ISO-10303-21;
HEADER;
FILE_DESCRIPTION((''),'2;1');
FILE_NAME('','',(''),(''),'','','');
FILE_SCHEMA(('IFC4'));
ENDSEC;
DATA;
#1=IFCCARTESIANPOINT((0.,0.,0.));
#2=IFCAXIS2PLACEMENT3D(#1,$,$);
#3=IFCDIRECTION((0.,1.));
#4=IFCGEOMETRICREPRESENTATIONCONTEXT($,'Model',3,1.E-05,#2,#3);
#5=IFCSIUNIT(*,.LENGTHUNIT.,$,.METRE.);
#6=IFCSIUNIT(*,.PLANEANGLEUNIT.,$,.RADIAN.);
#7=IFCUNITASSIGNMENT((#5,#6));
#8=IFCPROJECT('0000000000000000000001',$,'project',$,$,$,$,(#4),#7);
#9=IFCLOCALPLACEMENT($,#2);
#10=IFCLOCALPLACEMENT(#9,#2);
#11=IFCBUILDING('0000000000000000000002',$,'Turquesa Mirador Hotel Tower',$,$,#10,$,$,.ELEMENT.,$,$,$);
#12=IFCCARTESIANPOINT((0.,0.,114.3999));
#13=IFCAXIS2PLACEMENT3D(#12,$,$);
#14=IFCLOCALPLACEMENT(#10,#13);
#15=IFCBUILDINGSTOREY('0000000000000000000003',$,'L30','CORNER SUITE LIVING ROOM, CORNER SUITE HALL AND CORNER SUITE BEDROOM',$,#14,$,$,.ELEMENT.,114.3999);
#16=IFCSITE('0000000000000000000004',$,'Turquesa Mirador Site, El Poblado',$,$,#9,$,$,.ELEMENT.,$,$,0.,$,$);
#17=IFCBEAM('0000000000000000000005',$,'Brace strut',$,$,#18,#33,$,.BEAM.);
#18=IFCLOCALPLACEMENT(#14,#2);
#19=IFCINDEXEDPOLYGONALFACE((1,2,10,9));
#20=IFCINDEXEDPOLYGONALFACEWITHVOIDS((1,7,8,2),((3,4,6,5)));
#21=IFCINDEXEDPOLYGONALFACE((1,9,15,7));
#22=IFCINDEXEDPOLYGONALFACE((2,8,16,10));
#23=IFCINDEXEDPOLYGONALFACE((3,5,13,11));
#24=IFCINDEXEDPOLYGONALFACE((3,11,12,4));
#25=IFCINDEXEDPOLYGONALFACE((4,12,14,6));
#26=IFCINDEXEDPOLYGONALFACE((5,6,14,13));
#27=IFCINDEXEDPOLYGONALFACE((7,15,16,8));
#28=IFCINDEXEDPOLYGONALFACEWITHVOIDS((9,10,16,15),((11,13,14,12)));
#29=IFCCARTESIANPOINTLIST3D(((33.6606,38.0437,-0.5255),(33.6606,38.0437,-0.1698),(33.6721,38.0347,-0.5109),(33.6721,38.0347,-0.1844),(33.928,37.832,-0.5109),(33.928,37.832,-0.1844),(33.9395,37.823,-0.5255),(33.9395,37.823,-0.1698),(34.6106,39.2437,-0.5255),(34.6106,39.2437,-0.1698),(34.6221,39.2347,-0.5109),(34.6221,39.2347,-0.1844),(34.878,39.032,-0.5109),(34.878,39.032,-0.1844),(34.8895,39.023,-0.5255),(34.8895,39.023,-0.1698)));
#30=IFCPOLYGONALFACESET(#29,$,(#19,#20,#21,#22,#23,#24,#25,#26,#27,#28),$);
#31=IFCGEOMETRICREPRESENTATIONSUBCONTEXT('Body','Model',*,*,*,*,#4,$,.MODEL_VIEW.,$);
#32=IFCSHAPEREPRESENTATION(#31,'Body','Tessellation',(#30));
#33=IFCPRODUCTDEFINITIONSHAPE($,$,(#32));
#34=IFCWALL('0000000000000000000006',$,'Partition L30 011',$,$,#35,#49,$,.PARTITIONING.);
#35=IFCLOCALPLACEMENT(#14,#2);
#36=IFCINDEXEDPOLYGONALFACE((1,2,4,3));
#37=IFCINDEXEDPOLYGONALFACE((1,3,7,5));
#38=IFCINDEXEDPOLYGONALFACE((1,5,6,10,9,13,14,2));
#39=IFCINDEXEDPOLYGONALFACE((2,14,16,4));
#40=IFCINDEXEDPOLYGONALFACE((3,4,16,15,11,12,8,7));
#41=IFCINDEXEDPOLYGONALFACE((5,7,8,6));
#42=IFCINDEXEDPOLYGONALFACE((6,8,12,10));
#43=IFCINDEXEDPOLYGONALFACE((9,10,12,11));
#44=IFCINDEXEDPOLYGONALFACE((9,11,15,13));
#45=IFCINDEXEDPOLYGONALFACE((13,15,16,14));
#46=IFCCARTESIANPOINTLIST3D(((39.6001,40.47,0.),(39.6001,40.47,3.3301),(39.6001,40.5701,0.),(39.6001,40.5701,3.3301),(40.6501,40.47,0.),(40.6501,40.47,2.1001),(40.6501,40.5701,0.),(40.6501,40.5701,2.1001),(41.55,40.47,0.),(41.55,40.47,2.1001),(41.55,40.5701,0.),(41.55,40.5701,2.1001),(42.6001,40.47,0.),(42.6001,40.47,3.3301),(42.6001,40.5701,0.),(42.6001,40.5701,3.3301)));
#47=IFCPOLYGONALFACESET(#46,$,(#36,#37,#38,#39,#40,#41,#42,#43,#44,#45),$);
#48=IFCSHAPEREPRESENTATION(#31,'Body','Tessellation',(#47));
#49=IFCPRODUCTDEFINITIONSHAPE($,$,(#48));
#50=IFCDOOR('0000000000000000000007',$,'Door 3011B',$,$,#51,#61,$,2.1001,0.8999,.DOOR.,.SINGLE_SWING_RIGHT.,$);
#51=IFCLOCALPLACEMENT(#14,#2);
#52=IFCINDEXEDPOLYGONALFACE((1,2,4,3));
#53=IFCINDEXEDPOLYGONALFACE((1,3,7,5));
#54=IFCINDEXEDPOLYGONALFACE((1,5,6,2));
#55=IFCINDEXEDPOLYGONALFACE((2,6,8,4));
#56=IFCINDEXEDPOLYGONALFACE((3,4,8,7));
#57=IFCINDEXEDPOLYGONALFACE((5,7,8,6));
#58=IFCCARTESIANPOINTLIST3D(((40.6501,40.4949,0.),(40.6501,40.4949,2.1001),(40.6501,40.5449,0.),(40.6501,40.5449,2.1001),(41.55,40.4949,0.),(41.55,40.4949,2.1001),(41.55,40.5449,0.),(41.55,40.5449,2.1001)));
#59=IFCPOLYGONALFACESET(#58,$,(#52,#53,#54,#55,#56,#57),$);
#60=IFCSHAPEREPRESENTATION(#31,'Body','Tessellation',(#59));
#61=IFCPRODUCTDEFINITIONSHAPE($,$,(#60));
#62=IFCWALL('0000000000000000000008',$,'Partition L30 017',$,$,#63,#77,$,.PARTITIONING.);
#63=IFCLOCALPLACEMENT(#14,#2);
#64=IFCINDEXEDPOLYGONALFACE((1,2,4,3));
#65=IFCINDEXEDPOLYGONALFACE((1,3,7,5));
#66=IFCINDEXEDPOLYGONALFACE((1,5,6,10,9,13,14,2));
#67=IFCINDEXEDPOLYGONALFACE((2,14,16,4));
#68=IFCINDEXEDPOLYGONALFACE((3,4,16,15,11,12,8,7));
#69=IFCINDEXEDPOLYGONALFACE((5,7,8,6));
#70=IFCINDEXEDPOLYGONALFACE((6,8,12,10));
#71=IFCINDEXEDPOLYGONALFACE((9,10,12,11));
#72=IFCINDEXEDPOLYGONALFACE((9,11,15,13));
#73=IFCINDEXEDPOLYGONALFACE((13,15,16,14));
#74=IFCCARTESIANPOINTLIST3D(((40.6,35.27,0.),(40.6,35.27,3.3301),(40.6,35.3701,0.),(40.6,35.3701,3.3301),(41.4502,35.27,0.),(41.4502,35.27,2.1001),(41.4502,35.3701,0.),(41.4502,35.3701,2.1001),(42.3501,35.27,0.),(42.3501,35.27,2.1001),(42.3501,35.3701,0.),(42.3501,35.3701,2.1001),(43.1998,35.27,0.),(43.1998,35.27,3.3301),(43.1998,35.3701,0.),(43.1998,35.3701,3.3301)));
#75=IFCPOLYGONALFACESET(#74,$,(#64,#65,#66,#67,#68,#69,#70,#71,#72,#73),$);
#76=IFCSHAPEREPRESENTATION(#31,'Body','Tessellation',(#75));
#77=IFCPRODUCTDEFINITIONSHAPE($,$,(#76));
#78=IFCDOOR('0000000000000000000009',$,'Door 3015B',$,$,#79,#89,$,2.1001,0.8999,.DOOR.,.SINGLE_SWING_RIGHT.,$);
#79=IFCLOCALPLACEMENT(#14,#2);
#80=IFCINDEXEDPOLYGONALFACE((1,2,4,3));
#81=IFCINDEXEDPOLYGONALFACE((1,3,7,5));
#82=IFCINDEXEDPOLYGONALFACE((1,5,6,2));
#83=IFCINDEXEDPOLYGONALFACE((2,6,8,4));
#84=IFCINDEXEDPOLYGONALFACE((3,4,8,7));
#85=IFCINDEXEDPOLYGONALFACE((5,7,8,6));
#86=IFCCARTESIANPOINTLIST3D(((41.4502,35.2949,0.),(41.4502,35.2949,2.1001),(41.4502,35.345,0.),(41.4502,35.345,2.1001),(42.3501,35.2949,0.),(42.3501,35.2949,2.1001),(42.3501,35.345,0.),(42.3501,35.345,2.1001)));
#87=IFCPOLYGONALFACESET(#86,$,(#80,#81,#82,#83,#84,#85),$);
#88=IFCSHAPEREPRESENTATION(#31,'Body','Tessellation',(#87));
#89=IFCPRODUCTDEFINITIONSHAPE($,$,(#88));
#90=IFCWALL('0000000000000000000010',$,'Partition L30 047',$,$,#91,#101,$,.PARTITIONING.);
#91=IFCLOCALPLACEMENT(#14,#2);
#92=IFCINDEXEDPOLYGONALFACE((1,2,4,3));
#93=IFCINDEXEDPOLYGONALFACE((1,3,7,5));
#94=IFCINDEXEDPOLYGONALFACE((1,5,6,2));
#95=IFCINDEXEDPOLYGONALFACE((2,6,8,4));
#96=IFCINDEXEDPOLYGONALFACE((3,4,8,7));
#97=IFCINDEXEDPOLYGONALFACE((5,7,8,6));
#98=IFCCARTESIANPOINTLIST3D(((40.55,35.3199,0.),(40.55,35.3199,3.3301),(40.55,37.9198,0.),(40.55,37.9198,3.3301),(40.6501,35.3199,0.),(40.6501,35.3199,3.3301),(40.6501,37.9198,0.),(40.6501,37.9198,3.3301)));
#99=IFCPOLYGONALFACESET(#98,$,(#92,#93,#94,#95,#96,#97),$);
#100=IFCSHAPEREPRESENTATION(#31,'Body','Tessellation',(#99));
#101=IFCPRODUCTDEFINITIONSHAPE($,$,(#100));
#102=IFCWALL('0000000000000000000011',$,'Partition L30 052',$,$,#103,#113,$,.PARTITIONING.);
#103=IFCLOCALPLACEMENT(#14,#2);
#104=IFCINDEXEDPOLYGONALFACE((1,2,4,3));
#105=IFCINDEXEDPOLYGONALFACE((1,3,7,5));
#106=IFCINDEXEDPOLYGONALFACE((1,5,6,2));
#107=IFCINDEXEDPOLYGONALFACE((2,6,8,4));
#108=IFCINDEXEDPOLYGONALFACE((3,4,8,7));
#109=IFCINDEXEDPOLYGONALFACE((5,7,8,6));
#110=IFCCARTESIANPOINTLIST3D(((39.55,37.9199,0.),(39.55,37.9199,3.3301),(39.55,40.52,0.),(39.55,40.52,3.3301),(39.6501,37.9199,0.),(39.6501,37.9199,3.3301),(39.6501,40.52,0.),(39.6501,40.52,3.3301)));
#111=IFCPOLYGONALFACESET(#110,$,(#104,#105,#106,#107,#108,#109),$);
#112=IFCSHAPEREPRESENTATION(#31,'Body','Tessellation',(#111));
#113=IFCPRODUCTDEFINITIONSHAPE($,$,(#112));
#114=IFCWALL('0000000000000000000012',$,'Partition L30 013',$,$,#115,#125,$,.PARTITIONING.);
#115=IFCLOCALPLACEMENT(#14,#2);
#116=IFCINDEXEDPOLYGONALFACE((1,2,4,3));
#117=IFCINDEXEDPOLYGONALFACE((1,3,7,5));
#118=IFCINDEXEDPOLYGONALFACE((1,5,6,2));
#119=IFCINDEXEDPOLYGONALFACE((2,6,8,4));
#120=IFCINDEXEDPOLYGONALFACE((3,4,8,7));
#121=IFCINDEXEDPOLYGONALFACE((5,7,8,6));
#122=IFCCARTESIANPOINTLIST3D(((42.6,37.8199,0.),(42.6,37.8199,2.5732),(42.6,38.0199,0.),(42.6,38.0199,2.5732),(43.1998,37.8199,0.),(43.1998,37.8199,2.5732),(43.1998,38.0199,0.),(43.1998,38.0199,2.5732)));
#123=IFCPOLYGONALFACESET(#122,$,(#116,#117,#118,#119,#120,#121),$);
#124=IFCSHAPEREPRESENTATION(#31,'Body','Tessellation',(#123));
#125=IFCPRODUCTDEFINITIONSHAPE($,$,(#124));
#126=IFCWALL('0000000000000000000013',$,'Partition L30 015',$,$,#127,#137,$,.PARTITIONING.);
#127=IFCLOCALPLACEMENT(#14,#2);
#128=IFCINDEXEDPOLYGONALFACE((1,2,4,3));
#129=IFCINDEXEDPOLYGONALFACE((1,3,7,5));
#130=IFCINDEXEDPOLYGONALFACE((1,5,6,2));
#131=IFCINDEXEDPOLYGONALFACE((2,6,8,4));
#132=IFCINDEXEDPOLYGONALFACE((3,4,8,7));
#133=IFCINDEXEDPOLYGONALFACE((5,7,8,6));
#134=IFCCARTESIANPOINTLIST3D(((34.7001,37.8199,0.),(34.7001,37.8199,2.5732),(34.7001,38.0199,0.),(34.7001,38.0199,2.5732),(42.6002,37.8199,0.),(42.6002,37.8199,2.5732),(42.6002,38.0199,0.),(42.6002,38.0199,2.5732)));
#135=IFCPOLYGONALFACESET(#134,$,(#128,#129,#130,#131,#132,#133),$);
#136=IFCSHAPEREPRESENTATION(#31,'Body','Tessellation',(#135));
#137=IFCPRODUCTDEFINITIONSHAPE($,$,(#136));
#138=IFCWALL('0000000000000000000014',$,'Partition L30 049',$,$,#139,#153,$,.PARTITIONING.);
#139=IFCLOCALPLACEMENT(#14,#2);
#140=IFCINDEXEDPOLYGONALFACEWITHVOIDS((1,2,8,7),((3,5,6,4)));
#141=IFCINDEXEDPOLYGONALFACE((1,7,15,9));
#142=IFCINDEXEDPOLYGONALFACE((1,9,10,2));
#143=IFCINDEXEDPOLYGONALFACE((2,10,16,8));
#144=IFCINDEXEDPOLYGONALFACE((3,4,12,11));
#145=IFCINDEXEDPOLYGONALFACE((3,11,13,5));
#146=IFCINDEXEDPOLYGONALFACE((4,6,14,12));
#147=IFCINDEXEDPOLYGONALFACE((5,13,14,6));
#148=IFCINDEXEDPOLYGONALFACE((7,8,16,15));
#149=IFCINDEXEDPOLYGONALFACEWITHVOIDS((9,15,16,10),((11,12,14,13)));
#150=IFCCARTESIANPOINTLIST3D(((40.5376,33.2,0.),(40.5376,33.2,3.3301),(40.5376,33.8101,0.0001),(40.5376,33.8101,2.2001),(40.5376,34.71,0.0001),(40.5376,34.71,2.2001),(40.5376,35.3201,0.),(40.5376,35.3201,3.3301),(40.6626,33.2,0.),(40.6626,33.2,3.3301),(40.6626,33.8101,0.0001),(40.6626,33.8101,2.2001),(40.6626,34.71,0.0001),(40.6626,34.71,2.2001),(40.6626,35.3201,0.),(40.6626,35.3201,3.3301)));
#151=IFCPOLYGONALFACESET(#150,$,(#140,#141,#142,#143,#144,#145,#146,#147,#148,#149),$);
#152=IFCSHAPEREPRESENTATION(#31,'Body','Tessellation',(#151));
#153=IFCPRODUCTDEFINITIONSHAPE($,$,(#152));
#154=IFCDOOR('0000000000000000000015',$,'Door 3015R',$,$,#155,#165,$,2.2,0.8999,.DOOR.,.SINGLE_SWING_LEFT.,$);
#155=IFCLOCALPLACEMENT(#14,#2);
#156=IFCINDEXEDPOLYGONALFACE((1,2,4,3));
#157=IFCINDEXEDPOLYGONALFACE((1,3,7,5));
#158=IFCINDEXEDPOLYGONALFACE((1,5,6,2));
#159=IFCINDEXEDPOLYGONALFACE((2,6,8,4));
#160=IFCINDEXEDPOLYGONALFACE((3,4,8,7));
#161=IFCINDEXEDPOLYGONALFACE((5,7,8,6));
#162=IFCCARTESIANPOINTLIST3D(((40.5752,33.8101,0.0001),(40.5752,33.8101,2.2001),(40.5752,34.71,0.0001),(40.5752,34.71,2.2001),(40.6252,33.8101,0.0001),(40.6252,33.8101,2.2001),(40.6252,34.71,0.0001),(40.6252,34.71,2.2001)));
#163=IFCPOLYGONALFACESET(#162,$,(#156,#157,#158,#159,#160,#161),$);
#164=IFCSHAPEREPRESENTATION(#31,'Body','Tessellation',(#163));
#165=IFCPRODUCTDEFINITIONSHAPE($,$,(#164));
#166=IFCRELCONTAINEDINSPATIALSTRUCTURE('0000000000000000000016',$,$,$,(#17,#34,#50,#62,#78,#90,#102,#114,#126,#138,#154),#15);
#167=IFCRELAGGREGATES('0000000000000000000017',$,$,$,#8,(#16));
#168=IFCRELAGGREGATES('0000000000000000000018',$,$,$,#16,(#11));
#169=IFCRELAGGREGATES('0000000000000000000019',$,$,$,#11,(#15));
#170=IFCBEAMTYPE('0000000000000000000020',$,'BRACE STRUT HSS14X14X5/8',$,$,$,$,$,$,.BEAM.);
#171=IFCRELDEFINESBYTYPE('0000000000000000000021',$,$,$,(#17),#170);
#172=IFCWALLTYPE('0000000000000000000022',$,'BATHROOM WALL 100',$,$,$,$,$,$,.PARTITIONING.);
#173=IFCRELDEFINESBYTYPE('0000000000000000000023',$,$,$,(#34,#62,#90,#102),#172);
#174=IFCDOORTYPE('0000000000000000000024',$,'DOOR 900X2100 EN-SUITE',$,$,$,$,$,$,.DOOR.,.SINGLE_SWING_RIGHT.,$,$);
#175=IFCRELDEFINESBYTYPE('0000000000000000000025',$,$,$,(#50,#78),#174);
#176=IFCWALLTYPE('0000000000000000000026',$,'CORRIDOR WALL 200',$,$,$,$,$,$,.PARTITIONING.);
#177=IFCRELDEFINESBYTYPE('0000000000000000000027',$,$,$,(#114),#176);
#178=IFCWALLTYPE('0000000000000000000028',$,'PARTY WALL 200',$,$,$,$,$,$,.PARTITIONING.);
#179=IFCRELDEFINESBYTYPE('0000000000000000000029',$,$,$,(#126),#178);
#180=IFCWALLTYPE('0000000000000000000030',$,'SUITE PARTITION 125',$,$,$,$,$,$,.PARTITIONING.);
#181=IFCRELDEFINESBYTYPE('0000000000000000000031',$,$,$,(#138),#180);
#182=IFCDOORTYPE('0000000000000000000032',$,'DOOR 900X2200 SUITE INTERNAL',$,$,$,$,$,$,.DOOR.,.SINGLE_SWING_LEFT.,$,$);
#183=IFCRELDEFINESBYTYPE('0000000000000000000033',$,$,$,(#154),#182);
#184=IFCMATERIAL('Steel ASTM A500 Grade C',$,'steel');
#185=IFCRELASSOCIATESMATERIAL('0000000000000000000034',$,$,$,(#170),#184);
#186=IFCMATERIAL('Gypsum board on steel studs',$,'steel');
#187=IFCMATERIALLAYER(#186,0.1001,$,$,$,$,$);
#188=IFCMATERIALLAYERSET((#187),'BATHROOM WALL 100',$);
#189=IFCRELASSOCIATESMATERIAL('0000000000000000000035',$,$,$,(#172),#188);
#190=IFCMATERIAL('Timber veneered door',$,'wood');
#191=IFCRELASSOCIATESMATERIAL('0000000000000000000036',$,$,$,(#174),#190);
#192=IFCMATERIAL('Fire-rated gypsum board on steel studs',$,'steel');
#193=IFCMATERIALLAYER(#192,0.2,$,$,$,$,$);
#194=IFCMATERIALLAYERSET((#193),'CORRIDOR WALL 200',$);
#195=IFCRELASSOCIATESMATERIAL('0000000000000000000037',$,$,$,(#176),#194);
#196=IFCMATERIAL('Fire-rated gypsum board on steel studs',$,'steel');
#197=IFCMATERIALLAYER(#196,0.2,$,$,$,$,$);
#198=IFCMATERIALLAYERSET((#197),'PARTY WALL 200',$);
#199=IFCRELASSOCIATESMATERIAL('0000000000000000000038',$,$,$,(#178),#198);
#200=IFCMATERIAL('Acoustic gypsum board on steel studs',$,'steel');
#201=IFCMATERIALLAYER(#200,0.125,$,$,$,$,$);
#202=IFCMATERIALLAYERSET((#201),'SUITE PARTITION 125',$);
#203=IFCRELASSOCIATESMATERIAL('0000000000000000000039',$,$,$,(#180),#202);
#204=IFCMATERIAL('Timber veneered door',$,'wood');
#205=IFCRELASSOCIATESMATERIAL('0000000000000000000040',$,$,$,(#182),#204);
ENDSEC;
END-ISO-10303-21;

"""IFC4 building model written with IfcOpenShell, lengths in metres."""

from ifc_helpers import new_model, si_unit, direction, frame, frame_2d, origin, origin_2d, place, context, subcontext, project, spatial, rectangle, hollow_rectangle, extrude, material, layer, layer_set, material_profile, profile_set, type_object, element, fill, save


model = new_model("IFC4")

# Units and contexts
model_context = context("Model", 3, precision=1e-05, world=origin(), true_north=direction((0.0, 1.0)))
body_context = subcontext(model_context, "Body", "Model", "MODEL_VIEW")
ifc_project = project(units=[si_unit("LENGTHUNIT", "METRE"), si_unit("PLANEANGLEUNIT", "RADIAN")], contexts=[model_context])

# Site, building, storey
site_placement = place(None, origin())
site = spatial("IfcSite", under=ifc_project, at=site_placement, Name="Turquesa Mirador Site, El Poblado", CompositionType="ELEMENT", RefElevation=0.0)
building_placement = place(site_placement, origin())
building = spatial("IfcBuilding", under=site, at=building_placement, Name="Turquesa Mirador Hotel Tower", CompositionType="ELEMENT")
storey_placement = place(building_placement, frame((0.0, 0.0, 114.3999)))
storey = spatial("IfcBuildingStorey", under=building, at=storey_placement, Name="L30", Description="CORNER SUITE LIVING ROOM, CORNER SUITE HALL AND CORNER SUITE BEDROOM", CompositionType="ELEMENT", Elevation=114.3999)

# Beam
ifc_material_1 = material(Name="Steel ASTM A500 Grade C", Category="steel")
ifc_material_profile_1 = material_profile(ifc_material_1, hollow_rectangle(XDim=0.3557, YDim=0.3557, WallThickness=0.0146, at=origin_2d()), Name="HSS14X14X5/8")
ifc_profile_set_1 = profile_set([ifc_material_profile_1], Name="Steel ASTM A500 Grade C")
beam_type_1 = type_object("IfcBeamType", Name="BRACE STRUT HSS14X14X5/8", PredefinedType="BEAM", material=ifc_profile_set_1)
for number, where, z_axis, x_axis, name in (
    (1, (33.8, 37.9333, -0.3477), (0.620699, 0.784049, 0.0), (-0.784049, 0.620699, 0.0), "Brace strut"),
):
    element("IfcBeam", number, at=place(storey_placement, frame(where, z_axis=z_axis, x_axis=x_axis)), inside=storey, type_object=beam_type_1, Name=name, PredefinedType="BEAM", context=body_context, shape_type="SweptSolid", body=[
        extrude(hollow_rectangle(XDim=0.3557, YDim=0.3557, WallThickness=0.0146, at=origin_2d()), origin(), (0.0, 0.0, 1.0), 1.5305),
    ])

# Walls, openings, doors
ifc_material_2 = material(Name="Gypsum board on steel studs", Category="steel")
ifc_layer_1 = layer(ifc_material_2, 0.1001)
ifc_layer_set_1 = layer_set([ifc_layer_1], Name="BATHROOM WALL 100")
wall_type_1 = type_object("IfcWallType", Name="BATHROOM WALL 100", PredefinedType="PARTITIONING", material=ifc_layer_set_1)
wall_1_placement = place(storey_placement, frame((39.6001, 40.52, 0.0), z_axis=(0.0, 0.0, 1.0), x_axis=(1.0, 0.0, 0.0)))
wall_1 = element("IfcWall", 2, at=wall_1_placement, inside=storey, type_object=wall_type_1, Name="Partition L30 011", PredefinedType="PARTITIONING", context=body_context, shape_type="SweptSolid", body=[
    extrude(rectangle(XDim=3.0, YDim=0.1001, at=frame_2d((1.5, 0.0))), origin(), (0.0, 0.0, 1.0), 3.3301),
])
opening_1_placement = place(wall_1_placement, frame((1.05, 0.0, 0.0)))
opening_1 = element("IfcOpeningElement", 3, at=opening_1_placement, cuts=wall_1, PredefinedType="OPENING", context=body_context, shape_type="SweptSolid", body=[
    extrude(rectangle(XDim=0.8999, YDim=2.1001, at=frame_2d((0.45, 1.05))), frame((0.0, 0.0601, 0.0), z_axis=(0.0, -1.0, 0.0), x_axis=(1.0, 0.0, 0.0)), (0.0, 0.0, 1.0), 0.1201),
])
ifc_material_3 = material(Name="Timber veneered door", Category="wood")
door_type_1 = type_object("IfcDoorType", Name="DOOR 900X2100 EN-SUITE", OperationType="SINGLE_SWING_RIGHT", PredefinedType="DOOR", material=ifc_material_3)
door_1_placement = place(opening_1_placement, origin())
door_1 = element("IfcDoor", 4, at=door_1_placement, inside=storey, type_object=door_type_1, Name="Door 3011B", OperationType="SINGLE_SWING_RIGHT", OverallHeight=2.1001, OverallWidth=0.8999, PredefinedType="DOOR", context=body_context, shape_type="SweptSolid", body=[
    extrude(rectangle(XDim=0.8999, YDim=2.1001, at=frame_2d((0.45, 1.05))), frame((0.0, 0.0249, 0.0), z_axis=(0.0, -1.0, 0.0), x_axis=(1.0, 0.0, 0.0)), (0.0, 0.0, 1.0), 0.05),
])
fill(opening_1, door_1)
wall_2_placement = place(storey_placement, frame((40.6001, 35.3201, 0.0), z_axis=(0.0, 0.0, 1.0), x_axis=(1.0, 0.0, 0.0)))
wall_2 = element("IfcWall", 5, at=wall_2_placement, inside=storey, type_object=wall_type_1, Name="Partition L30 017", PredefinedType="PARTITIONING", context=body_context, shape_type="SweptSolid", body=[
    extrude(rectangle(XDim=2.5999, YDim=0.1001, at=frame_2d((1.2998, 0.0))), origin(), (0.0, 0.0, 1.0), 3.3301),
])
opening_2_placement = place(wall_2_placement, frame((0.8501, 0.0, 0.0)))
opening_2 = element("IfcOpeningElement", 6, at=opening_2_placement, cuts=wall_2, PredefinedType="OPENING", context=body_context, shape_type="SweptSolid", body=[
    extrude(rectangle(XDim=0.8999, YDim=2.1001, at=frame_2d((0.45, 1.05))), frame((0.0, 0.0601, 0.0), z_axis=(0.0, -1.0, 0.0), x_axis=(1.0, 0.0, 0.0)), (0.0, 0.0, 1.0), 0.1201),
])
door_2_placement = place(opening_2_placement, origin())
door_2 = element("IfcDoor", 7, at=door_2_placement, inside=storey, type_object=door_type_1, Name="Door 3015B", OperationType="SINGLE_SWING_RIGHT", OverallHeight=2.1001, OverallWidth=0.8999, PredefinedType="DOOR", context=body_context, shape_type="SweptSolid", body=[
    extrude(rectangle(XDim=0.8999, YDim=2.1001, at=frame_2d((0.45, 1.05))), frame((0.0, 0.0249, 0.0), z_axis=(0.0, -1.0, 0.0), x_axis=(1.0, 0.0, 0.0)), (0.0, 0.0, 1.0), 0.05),
])
fill(opening_2, door_2)

# Walls
wall_3_placement = place(storey_placement, frame((40.6001, 35.3201, 0.0), z_axis=(0.0, 0.0, 1.0), x_axis=(0.0, 1.0, 0.0)))
element("IfcWall", 8, at=wall_3_placement, inside=storey, type_object=wall_type_1, Name="Partition L30 047", PredefinedType="PARTITIONING", context=body_context, shape_type="SweptSolid", body=[
    extrude(rectangle(XDim=2.5999, YDim=0.1001, at=frame_2d((1.2998, 0.0))), origin(), (0.0, 0.0, 1.0), 3.3301),
])
wall_4_placement = place(storey_placement, frame((39.6001, 37.9199, 0.0), z_axis=(0.0, 0.0, 1.0), x_axis=(0.0, 1.0, 0.0)))
element("IfcWall", 9, at=wall_4_placement, inside=storey, type_object=wall_type_1, Name="Partition L30 052", PredefinedType="PARTITIONING", context=body_context, shape_type="SweptSolid", body=[
    extrude(rectangle(XDim=2.6001, YDim=0.1001, at=frame_2d((1.3, 0.0))), origin(), (0.0, 0.0, 1.0), 3.3301),
])
ifc_material_4 = material(Name="Fire-rated gypsum board on steel studs", Category="steel")
ifc_layer_2 = layer(ifc_material_4, 0.2)
ifc_layer_set_2 = layer_set([ifc_layer_2], Name="CORRIDOR WALL 200")
wall_type_2 = type_object("IfcWallType", Name="CORRIDOR WALL 200", PredefinedType="PARTITIONING", material=ifc_layer_set_2)
wall_5_placement = place(storey_placement, frame((42.6001, 37.9199, 0.0), z_axis=(0.0, 0.0, 1.0), x_axis=(1.0, 0.0, 0.0)))
element("IfcWall", 10, at=wall_5_placement, inside=storey, type_object=wall_type_2, Name="Partition L30 013", PredefinedType="PARTITIONING", context=body_context, shape_type="SweptSolid", body=[
    extrude(rectangle(XDim=0.5999, YDim=0.2, at=frame_2d((0.2998, 0.0))), origin(), (0.0, 0.0, 1.0), 2.5732),
])
ifc_material_5 = material(Name="Fire-rated gypsum board on steel studs", Category="steel")
ifc_layer_3 = layer(ifc_material_5, 0.2)
ifc_layer_set_3 = layer_set([ifc_layer_3], Name="PARTY WALL 200")
wall_type_3 = type_object("IfcWallType", Name="PARTY WALL 200", PredefinedType="PARTITIONING", material=ifc_layer_set_3)
wall_6_placement = place(storey_placement, frame((34.7, 37.9199, 0.0), z_axis=(0.0, 0.0, 1.0), x_axis=(1.0, 0.0, 0.0)))
element("IfcWall", 11, at=wall_6_placement, inside=storey, type_object=wall_type_3, Name="Partition L30 015", PredefinedType="PARTITIONING", context=body_context, shape_type="SweptSolid", body=[
    extrude(rectangle(XDim=7.9001, YDim=0.2, at=frame_2d((3.9502, 0.0))), origin(), (0.0, 0.0, 1.0), 2.5732),
])

# Wall, opening, door
ifc_material_6 = material(Name="Acoustic gypsum board on steel studs", Category="steel")
ifc_layer_4 = layer(ifc_material_6, 0.125)
ifc_layer_set_4 = layer_set([ifc_layer_4], Name="SUITE PARTITION 125")
wall_type_4 = type_object("IfcWallType", Name="SUITE PARTITION 125", PredefinedType="PARTITIONING", material=ifc_layer_set_4)
wall_7_placement = place(storey_placement, frame((40.6001, 33.2, 0.0), z_axis=(0.0, 0.0, 1.0), x_axis=(0.0, 1.0, 0.0)))
wall_7 = element("IfcWall", 12, at=wall_7_placement, inside=storey, type_object=wall_type_4, Name="Partition L30 049", PredefinedType="PARTITIONING", context=body_context, shape_type="SweptSolid", body=[
    extrude(rectangle(XDim=2.1201, YDim=0.125, at=frame_2d((1.0601, 0.0))), origin(), (0.0, 0.0, 1.0), 3.3301),
])
opening_3_placement = place(wall_7_placement, frame((0.6101, 0.0, 0.0)))
opening_3 = element("IfcOpeningElement", 13, at=opening_3_placement, cuts=wall_7, PredefinedType="OPENING", context=body_context, shape_type="SweptSolid", body=[
    extrude(rectangle(XDim=0.8999, YDim=2.2, at=frame_2d((0.45, 1.1001))), frame((0.0, 0.0725, 0.0), z_axis=(0.0, -1.0, 0.0), x_axis=(1.0, 0.0, 0.0)), (0.0, 0.0, 1.0), 0.145),
])
ifc_material_7 = material(Name="Timber veneered door", Category="wood")
door_type_2 = type_object("IfcDoorType", Name="DOOR 900X2200 SUITE INTERNAL", OperationType="SINGLE_SWING_LEFT", PredefinedType="DOOR", material=ifc_material_7)
door_3_placement = place(opening_3_placement, origin())
door_3 = element("IfcDoor", 14, at=door_3_placement, inside=storey, type_object=door_type_2, Name="Door 3015R", OperationType="SINGLE_SWING_LEFT", OverallHeight=2.2, OverallWidth=0.8999, PredefinedType="DOOR", context=body_context, shape_type="SweptSolid", body=[
    extrude(rectangle(XDim=0.8999, YDim=2.2, at=frame_2d((0.45, 1.1001))), frame((0.0, 0.0249, 0.0), z_axis=(0.0, -1.0, 0.0), x_axis=(1.0, 0.0, 0.0)), (0.0, 0.0, 1.0), 0.05),
])
fill(opening_3, door_3)

save(model, "model.ifc")
